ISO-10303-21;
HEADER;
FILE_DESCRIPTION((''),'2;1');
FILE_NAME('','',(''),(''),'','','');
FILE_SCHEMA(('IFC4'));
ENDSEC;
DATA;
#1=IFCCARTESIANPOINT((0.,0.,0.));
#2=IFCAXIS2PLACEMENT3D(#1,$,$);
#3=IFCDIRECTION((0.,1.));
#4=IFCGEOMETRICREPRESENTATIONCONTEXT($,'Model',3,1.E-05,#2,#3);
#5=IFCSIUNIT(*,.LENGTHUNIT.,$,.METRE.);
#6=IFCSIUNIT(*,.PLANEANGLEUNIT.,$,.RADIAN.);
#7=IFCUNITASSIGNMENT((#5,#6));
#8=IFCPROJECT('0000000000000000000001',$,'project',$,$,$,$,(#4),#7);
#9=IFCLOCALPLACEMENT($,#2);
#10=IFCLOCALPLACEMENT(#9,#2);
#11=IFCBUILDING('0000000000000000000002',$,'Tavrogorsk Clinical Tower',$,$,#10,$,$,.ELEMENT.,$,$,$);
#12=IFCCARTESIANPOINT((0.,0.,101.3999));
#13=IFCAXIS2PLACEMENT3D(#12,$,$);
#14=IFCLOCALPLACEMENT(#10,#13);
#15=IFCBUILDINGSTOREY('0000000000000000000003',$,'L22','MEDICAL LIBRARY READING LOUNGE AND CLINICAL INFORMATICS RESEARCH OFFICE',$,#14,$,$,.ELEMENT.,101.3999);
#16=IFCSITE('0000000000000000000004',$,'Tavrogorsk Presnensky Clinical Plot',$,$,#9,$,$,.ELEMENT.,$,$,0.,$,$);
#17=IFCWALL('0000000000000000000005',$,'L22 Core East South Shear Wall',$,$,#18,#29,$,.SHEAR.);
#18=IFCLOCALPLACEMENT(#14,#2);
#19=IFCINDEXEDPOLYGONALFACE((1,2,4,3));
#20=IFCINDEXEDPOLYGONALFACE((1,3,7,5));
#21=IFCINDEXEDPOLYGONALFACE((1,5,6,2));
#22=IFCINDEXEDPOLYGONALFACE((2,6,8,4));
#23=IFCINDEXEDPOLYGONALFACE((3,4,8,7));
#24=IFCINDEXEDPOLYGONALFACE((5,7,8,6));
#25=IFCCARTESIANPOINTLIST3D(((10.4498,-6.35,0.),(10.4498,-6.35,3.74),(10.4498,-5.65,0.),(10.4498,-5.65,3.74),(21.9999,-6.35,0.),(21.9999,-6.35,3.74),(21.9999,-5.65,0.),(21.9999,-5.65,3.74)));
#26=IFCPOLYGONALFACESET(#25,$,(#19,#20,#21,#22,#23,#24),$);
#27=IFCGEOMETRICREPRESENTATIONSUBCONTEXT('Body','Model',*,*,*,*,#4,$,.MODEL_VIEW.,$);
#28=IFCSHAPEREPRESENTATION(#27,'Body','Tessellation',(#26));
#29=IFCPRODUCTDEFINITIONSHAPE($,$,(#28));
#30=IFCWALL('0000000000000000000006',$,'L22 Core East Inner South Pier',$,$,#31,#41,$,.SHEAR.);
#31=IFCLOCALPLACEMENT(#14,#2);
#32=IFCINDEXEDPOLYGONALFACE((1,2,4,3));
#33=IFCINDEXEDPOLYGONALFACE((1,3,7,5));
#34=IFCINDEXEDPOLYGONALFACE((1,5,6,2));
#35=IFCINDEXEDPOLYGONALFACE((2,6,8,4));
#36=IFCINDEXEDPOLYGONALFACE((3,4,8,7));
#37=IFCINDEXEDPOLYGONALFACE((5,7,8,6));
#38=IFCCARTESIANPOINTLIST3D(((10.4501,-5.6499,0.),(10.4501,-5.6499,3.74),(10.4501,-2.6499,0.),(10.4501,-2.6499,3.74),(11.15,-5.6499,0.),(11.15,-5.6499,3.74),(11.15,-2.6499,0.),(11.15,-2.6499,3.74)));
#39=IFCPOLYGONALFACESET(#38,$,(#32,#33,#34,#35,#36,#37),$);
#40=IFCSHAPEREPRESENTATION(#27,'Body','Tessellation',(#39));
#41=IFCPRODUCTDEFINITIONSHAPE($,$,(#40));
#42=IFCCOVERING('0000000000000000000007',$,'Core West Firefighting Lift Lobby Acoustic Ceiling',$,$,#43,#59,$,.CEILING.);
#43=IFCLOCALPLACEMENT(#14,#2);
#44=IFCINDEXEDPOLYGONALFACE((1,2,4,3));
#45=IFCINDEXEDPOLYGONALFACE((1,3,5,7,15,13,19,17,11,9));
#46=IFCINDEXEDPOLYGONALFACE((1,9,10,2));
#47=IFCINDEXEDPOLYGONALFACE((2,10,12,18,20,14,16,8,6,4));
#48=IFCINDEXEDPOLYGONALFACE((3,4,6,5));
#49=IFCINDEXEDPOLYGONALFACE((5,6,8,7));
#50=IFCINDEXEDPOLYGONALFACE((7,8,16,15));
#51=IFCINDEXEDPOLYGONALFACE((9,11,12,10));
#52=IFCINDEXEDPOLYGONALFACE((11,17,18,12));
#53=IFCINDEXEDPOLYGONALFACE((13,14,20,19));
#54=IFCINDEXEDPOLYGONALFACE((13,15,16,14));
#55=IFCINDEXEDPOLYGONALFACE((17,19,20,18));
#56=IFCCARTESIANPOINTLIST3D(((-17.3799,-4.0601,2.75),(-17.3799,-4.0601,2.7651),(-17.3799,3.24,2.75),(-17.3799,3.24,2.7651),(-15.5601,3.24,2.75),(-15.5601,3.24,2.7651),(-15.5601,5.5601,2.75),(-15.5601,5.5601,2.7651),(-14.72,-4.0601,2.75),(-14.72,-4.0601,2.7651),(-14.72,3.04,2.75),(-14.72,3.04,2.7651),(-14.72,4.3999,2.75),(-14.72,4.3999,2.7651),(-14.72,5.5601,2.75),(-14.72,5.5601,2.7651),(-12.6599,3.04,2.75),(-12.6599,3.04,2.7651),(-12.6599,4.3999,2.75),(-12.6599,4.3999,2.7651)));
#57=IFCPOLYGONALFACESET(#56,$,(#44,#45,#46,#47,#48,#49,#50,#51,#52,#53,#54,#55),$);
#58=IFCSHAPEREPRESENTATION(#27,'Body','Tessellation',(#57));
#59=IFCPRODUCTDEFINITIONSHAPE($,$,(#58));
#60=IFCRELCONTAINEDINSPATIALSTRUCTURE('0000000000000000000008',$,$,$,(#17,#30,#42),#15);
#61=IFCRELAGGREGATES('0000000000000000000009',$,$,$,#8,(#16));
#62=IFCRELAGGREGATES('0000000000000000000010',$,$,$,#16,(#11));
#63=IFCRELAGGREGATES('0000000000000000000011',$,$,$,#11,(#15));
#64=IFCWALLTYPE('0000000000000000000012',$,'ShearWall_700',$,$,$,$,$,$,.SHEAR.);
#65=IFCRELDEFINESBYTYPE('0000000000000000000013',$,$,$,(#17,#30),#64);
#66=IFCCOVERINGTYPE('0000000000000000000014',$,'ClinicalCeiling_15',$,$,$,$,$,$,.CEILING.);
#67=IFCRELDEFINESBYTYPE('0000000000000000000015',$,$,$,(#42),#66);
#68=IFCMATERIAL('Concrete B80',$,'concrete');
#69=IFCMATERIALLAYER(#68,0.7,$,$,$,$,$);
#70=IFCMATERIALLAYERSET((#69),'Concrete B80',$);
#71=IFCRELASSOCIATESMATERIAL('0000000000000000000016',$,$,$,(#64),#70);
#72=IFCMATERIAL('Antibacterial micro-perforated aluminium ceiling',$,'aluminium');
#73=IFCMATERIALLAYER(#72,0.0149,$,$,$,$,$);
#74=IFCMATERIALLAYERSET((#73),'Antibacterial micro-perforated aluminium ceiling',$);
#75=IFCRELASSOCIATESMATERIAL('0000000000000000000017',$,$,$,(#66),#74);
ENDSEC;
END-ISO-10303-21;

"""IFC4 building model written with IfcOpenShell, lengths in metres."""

from ifc_helpers import new_model, si_unit, direction, frame, frame_2d, origin, place, context, subcontext, project, spatial, polyline, rectangle, outline, extrude, material, layer, layer_set, type_object, element, save


model = new_model("IFC4")

# Units and contexts
model_context = context("Model", 3, precision=1e-05, world=origin(), true_north=direction((0.0, 1.0)))
body_context = subcontext(model_context, "Body", "Model", "MODEL_VIEW")
ifc_project = project(units=[si_unit("LENGTHUNIT", "METRE"), si_unit("PLANEANGLEUNIT", "RADIAN")], contexts=[model_context])

# Site, building, storey
site_placement = place(None, origin())
site = spatial("IfcSite", under=ifc_project, at=site_placement, Name="Tavrogorsk Presnensky Clinical Plot", CompositionType="ELEMENT", RefElevation=0.0)
building_placement = place(site_placement, origin())
building = spatial("IfcBuilding", under=site, at=building_placement, Name="Tavrogorsk Clinical Tower", CompositionType="ELEMENT")
storey_placement = place(building_placement, frame((0.0, 0.0, 101.3999)))
storey = spatial("IfcBuildingStorey", under=building, at=storey_placement, Name="L22", Description="MEDICAL LIBRARY READING LOUNGE AND CLINICAL INFORMATICS RESEARCH OFFICE", CompositionType="ELEMENT", Elevation=101.3999)

# Walls
ifc_material_1 = material(Name="Concrete B80", Category="concrete")
ifc_layer_1 = layer(ifc_material_1, 0.7)
ifc_layer_set_1 = layer_set([ifc_layer_1], Name="Concrete B80")
wall_type_1 = type_object("IfcWallType", Name="ShearWall_700", PredefinedType="SHEAR", material=ifc_layer_set_1)
wall_1_placement = place(storey_placement, frame((10.45, -6.0, 0.0), z_axis=(0.0, 0.0, 1.0), x_axis=(1.0, 0.0, 0.0)))
element("IfcWall", 1, at=wall_1_placement, inside=storey, type_object=wall_type_1, Name="L22 Core East South Shear Wall", PredefinedType="SHEAR", context=body_context, shape_type="SweptSolid", body=[
    extrude(rectangle(XDim=11.55, YDim=0.7, at=frame_2d((5.7749, 0.0))), origin(), (0.0, 0.0, 1.0), 3.74),
])
wall_2_placement = place(storey_placement, frame((10.8, -5.6499, 0.0), z_axis=(0.0, 0.0, 1.0), x_axis=(0.0, 1.0, 0.0)))
element("IfcWall", 2, at=wall_2_placement, inside=storey, type_object=wall_type_1, Name="L22 Core East Inner South Pier", PredefinedType="SHEAR", context=body_context, shape_type="SweptSolid", body=[
    extrude(rectangle(XDim=3.0, YDim=0.7, at=frame_2d((1.5, 0.0))), origin(), (0.0, 0.0, 1.0), 3.74),
])

# Covering
ifc_material_2 = material(Name="Antibacterial micro-perforated aluminium ceiling", Category="aluminium")
ifc_layer_2 = layer(ifc_material_2, 0.0149)
ifc_layer_set_2 = layer_set([ifc_layer_2], Name="Antibacterial micro-perforated aluminium ceiling")
covering_type = type_object("IfcCoveringType", Name="ClinicalCeiling_15", PredefinedType="CEILING", material=ifc_layer_set_2)
covering_placement = place(storey_placement, frame((0.0, 0.0, 2.75)))
element("IfcCovering", 3, at=covering_placement, inside=storey, type_object=covering_type, Name="Core West Firefighting Lift Lobby Acoustic Ceiling", PredefinedType="CEILING", context=body_context, shape_type="SweptSolid", body=[
    extrude(outline(polyline([(-17.3799, -4.0601), (-17.3799, 3.24), (-15.5601, 3.24), (-15.5601, 5.5601), (-14.72, 5.5601), (-14.72, 4.3999), (-12.6599, 4.3999), (-12.6599, 3.04), (-14.72, 3.04), (-14.72, -4.0601), (-17.3799, -4.0601)])), origin(), (0.0, 0.0, 1.0), 0.0151),
])

save(model, "model.ifc")
